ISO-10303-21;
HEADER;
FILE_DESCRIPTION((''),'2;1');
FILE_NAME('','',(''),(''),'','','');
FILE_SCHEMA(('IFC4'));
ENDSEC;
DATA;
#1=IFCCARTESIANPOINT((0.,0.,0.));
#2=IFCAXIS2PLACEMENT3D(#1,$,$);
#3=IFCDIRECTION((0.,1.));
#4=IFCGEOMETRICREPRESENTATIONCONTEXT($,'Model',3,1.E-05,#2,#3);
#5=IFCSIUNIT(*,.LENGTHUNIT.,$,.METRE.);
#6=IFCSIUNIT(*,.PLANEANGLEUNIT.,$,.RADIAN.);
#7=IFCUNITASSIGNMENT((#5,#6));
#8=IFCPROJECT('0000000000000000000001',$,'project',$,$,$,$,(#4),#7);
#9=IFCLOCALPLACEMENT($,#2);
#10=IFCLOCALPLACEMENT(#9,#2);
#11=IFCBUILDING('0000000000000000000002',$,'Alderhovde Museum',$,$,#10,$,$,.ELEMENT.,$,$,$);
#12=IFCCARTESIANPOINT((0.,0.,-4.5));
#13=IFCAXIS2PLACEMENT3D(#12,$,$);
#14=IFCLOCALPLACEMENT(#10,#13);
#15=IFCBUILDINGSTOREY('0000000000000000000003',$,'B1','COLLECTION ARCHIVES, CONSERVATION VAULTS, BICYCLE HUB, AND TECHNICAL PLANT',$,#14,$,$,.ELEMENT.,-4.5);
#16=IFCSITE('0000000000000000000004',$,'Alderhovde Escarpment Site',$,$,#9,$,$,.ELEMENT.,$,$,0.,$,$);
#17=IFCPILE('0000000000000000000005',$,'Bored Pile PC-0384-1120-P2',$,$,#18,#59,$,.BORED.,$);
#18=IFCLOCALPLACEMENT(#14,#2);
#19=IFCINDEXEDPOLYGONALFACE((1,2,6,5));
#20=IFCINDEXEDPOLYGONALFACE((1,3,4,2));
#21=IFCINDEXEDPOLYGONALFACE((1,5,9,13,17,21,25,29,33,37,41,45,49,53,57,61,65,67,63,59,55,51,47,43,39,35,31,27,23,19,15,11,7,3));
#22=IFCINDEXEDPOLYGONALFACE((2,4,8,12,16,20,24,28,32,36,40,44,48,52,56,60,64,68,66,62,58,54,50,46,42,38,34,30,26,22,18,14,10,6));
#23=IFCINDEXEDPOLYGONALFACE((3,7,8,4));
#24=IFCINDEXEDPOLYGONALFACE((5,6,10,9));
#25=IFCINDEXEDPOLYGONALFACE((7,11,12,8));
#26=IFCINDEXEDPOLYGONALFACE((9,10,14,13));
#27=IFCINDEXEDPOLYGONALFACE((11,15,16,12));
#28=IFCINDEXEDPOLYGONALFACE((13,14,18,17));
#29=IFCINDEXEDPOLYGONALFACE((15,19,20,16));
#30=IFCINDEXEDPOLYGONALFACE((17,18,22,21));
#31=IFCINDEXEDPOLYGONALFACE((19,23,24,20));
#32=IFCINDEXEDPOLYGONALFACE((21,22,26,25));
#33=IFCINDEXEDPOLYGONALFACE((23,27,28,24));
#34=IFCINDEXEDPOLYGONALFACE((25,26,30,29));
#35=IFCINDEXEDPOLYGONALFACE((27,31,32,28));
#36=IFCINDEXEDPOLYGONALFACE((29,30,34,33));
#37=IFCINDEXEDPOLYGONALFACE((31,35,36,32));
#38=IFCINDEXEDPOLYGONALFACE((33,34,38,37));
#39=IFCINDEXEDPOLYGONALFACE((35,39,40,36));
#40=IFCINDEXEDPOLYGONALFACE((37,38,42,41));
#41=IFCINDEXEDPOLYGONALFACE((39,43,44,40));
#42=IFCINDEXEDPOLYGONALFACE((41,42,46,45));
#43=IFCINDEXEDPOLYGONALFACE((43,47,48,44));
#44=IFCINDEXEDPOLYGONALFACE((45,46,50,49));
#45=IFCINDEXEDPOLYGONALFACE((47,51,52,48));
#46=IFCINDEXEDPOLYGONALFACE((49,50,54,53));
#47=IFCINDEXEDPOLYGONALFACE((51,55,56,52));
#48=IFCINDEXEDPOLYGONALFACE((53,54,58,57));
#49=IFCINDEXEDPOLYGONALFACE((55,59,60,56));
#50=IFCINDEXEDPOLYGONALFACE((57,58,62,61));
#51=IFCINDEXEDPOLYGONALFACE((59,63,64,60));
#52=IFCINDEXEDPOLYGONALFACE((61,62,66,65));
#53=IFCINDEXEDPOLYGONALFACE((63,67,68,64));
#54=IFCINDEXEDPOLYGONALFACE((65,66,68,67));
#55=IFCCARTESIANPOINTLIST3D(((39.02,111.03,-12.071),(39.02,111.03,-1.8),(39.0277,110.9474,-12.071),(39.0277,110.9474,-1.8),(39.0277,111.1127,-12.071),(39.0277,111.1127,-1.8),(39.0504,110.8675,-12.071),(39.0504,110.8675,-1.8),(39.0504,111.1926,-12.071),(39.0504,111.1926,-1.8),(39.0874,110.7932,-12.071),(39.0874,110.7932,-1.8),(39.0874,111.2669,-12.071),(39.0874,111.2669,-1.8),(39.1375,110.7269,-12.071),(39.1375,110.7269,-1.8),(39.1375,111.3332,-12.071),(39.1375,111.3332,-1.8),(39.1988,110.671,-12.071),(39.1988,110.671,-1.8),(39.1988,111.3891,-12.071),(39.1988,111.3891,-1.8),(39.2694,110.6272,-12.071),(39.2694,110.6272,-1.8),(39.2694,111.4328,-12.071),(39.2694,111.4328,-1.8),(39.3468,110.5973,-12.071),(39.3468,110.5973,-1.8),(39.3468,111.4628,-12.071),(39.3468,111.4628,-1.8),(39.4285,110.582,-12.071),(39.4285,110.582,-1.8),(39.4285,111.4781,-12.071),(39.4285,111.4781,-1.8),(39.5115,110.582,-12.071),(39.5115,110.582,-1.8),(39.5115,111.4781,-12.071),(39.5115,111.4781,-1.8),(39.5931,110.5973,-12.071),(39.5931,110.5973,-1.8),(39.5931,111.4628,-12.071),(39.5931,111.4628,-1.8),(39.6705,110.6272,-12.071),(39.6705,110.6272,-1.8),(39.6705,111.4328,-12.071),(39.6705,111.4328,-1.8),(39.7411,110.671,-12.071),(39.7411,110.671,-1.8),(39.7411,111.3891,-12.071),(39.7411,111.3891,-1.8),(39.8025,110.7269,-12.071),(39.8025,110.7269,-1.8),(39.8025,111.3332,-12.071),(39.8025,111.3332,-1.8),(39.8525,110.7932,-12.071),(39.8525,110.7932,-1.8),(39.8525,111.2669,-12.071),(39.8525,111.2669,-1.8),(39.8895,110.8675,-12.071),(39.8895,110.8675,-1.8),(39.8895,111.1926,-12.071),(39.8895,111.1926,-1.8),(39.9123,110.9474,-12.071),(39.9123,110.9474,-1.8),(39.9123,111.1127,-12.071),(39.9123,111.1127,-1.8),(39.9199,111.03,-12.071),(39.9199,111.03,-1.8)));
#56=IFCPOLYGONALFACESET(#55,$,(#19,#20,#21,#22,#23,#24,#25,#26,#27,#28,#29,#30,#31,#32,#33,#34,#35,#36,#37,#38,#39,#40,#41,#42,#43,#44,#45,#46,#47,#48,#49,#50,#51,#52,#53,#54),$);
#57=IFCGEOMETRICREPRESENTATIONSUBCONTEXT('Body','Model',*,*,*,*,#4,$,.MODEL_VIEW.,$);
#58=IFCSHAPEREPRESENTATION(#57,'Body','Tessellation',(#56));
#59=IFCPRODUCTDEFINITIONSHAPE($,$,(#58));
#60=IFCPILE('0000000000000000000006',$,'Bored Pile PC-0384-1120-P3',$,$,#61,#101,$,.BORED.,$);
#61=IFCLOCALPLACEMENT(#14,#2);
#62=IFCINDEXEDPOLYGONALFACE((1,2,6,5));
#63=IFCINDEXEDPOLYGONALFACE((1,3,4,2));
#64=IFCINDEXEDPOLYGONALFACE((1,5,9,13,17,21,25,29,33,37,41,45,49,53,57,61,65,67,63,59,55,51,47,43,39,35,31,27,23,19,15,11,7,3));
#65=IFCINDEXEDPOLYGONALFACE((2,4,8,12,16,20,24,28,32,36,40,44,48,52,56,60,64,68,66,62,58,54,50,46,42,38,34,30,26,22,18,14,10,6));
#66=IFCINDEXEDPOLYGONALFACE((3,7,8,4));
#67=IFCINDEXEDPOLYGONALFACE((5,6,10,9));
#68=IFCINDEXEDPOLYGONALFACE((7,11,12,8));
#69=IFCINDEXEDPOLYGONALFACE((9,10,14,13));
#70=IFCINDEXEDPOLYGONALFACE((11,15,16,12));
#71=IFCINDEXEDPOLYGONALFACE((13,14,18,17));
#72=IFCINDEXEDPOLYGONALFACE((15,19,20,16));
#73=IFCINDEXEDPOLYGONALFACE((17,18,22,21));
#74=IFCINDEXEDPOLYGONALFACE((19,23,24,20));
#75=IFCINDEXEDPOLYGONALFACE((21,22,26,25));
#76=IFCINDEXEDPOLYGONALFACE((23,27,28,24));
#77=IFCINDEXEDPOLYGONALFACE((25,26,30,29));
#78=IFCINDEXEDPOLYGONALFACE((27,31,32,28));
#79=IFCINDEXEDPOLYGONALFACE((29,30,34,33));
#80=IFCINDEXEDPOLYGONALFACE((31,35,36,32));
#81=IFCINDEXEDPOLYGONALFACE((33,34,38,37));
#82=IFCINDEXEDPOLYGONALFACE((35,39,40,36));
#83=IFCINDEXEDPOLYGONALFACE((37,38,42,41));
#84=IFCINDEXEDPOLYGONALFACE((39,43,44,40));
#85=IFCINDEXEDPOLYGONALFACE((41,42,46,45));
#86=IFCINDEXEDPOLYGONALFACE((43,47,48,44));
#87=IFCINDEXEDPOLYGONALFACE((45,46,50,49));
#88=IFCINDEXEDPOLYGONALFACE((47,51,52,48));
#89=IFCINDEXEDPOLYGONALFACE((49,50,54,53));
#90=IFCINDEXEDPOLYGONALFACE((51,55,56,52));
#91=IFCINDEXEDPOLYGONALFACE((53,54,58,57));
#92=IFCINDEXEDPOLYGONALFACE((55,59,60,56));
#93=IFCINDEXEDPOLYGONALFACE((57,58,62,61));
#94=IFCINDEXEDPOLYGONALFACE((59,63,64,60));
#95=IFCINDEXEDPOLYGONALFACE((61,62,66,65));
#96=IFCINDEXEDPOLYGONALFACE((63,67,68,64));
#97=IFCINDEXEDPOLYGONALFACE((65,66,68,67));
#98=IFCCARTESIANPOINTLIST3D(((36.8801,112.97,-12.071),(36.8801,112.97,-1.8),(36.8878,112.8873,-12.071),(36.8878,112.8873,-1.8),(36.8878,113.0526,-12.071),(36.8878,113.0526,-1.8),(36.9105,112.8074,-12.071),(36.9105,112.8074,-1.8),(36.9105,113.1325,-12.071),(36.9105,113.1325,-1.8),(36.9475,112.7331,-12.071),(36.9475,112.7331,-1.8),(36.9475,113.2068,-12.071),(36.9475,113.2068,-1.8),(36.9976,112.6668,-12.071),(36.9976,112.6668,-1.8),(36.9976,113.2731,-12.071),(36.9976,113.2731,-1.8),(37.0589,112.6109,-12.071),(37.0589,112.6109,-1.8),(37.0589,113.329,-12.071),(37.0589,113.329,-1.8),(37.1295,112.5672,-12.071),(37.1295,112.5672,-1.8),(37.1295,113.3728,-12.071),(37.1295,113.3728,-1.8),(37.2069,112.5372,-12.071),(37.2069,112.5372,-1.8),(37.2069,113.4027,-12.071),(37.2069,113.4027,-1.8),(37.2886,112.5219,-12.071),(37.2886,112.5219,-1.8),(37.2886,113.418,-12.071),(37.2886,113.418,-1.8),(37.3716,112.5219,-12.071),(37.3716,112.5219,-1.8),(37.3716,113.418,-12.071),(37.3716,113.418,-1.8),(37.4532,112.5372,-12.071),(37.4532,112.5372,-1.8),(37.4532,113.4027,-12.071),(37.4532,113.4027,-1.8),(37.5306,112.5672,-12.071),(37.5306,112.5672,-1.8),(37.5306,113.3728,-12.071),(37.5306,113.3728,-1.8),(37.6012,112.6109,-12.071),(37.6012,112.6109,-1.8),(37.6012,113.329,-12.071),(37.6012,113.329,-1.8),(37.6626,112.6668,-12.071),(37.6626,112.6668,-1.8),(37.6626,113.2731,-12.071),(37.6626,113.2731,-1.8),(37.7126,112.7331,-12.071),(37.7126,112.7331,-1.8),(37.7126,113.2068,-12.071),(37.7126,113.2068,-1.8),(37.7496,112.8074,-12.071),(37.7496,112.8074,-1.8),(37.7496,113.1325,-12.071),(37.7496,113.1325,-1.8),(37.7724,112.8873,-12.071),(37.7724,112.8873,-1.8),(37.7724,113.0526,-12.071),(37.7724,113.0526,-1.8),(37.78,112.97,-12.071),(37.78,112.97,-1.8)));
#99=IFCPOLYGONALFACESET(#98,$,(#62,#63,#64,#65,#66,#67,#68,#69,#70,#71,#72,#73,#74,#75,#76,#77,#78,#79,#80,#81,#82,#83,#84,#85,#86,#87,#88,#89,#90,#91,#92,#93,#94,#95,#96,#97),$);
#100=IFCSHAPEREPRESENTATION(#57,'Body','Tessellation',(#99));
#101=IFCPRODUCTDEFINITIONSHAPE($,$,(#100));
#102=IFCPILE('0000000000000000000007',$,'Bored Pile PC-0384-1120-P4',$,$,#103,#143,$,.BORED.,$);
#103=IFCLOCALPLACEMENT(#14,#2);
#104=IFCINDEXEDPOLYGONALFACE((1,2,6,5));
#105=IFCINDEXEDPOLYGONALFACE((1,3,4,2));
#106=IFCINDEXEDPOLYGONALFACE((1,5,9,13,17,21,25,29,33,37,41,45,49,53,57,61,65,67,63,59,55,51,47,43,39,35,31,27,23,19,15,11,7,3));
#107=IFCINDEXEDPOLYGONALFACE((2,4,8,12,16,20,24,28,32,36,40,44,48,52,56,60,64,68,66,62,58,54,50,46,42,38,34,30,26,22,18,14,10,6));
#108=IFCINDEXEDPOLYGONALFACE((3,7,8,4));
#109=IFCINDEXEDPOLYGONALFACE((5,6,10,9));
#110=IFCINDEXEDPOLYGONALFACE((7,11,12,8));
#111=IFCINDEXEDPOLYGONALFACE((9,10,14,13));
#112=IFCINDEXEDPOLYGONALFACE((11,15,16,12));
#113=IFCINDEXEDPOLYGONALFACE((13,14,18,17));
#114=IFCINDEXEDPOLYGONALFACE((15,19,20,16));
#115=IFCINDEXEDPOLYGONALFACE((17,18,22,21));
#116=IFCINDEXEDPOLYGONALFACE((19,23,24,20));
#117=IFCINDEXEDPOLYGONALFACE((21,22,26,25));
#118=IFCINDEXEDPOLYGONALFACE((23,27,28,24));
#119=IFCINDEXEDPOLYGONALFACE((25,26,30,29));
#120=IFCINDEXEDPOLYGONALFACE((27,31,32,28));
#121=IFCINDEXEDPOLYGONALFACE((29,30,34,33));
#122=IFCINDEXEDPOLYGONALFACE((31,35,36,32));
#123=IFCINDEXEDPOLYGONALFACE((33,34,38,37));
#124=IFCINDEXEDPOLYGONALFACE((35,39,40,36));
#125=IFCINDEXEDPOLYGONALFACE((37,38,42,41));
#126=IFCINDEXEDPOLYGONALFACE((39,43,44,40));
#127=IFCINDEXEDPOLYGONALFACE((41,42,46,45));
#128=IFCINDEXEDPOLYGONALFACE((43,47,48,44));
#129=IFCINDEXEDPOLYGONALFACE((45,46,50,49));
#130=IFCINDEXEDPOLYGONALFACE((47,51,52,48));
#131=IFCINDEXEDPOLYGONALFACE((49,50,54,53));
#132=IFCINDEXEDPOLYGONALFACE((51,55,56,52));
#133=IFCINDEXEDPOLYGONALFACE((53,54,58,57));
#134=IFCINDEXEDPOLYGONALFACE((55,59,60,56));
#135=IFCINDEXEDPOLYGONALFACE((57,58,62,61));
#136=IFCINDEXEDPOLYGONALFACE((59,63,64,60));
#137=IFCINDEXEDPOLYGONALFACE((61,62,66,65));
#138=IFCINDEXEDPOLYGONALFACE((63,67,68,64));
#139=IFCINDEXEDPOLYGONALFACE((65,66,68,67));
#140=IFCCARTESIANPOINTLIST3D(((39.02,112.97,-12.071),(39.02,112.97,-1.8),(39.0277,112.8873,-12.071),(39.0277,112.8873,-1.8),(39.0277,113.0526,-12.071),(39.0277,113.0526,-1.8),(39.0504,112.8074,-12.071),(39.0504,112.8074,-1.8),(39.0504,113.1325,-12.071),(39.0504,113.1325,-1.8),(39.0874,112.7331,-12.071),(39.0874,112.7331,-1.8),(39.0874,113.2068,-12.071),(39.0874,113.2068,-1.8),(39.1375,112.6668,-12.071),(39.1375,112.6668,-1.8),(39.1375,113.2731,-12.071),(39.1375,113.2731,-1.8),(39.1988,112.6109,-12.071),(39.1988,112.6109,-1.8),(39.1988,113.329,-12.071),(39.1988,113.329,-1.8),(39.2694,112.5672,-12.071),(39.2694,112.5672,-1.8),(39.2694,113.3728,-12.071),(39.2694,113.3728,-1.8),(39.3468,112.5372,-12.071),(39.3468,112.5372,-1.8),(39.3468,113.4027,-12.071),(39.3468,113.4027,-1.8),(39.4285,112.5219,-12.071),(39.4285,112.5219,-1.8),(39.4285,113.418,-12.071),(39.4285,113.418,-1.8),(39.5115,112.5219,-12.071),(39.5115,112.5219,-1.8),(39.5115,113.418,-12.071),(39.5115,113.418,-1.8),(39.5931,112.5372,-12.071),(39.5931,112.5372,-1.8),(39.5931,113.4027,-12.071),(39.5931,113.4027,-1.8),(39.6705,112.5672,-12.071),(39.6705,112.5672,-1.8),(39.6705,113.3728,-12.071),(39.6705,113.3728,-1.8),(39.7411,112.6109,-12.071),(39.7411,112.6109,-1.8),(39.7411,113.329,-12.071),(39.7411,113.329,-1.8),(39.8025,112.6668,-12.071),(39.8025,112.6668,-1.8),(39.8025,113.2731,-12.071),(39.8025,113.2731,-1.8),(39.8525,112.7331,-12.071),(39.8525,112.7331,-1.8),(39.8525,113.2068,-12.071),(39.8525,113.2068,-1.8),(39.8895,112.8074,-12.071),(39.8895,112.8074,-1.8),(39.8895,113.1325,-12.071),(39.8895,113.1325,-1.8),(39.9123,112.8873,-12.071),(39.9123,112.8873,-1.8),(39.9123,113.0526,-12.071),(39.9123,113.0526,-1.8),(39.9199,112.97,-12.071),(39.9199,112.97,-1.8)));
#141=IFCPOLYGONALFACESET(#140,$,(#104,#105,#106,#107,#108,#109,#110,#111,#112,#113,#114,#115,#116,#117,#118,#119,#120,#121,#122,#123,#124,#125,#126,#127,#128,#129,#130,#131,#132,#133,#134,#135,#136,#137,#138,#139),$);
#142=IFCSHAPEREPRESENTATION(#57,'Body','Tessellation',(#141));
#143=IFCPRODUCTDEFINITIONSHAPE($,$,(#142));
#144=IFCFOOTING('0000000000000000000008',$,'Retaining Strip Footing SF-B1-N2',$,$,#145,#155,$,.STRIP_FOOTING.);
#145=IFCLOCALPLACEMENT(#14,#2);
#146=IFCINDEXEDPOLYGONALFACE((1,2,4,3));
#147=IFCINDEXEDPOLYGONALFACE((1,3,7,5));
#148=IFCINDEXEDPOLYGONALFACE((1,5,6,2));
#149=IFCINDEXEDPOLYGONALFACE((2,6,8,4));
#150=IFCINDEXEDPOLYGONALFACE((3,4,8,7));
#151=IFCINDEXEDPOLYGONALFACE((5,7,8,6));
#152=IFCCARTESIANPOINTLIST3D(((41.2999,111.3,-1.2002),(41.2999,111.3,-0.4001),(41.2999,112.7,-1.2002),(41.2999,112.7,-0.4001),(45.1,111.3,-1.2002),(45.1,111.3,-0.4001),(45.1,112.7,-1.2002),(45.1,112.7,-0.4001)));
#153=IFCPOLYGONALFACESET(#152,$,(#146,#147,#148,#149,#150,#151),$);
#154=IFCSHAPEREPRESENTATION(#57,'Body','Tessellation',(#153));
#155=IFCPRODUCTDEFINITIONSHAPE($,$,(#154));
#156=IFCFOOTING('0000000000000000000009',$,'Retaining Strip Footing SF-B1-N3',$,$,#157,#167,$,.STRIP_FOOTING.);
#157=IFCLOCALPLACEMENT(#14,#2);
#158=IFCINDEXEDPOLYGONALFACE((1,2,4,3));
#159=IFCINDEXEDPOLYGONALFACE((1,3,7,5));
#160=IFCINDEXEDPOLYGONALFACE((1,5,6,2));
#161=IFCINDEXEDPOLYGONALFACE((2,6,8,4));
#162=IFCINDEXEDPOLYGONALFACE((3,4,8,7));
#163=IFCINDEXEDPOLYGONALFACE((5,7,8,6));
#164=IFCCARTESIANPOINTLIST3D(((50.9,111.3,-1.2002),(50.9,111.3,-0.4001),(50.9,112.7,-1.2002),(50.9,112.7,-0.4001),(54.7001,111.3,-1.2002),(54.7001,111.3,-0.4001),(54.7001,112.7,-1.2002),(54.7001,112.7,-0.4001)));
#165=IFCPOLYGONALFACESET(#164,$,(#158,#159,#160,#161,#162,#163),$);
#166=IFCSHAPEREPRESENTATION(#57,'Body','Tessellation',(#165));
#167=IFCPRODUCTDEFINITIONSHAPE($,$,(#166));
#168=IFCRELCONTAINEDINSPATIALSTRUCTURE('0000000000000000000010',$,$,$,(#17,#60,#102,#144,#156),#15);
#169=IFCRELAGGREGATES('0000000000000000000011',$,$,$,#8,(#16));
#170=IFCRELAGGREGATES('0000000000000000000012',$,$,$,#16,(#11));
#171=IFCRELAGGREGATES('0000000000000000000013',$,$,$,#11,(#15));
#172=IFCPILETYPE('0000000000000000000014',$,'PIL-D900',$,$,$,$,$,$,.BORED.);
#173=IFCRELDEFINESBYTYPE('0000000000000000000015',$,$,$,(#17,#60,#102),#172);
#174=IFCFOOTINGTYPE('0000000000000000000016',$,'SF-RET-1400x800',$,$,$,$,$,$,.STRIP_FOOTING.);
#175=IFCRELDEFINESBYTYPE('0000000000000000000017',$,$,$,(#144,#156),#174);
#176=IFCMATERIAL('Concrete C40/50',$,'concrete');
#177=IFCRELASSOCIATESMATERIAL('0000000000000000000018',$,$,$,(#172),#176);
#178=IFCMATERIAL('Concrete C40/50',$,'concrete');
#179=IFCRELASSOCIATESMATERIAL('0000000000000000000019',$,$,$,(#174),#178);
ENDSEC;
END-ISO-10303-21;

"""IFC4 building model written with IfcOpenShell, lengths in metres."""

from ifc_helpers import new_model, si_unit, direction, frame, origin, origin_2d, place, context, subcontext, project, spatial, rectangle, circle, extrude, material, material_profile, profile_set, type_object, element, save


model = new_model("IFC4")

# Units and contexts
model_context = context("Model", 3, precision=1e-05, world=origin(), true_north=direction((0.0, 1.0)))
body_context = subcontext(model_context, "Body", "Model", "MODEL_VIEW")
ifc_project = project(units=[si_unit("LENGTHUNIT", "METRE"), si_unit("PLANEANGLEUNIT", "RADIAN")], contexts=[model_context])

# Site, building, storey
site_placement = place(None, origin())
site = spatial("IfcSite", under=ifc_project, at=site_placement, Name="Alderhovde Escarpment Site", CompositionType="ELEMENT", RefElevation=0.0)
building_placement = place(site_placement, origin())
building = spatial("IfcBuilding", under=site, at=building_placement, Name="Alderhovde Museum", CompositionType="ELEMENT")
storey_placement = place(building_placement, frame((0.0, 0.0, -4.5)))
storey = spatial("IfcBuildingStorey", under=building, at=storey_placement, Name="B1", Description="COLLECTION ARCHIVES, CONSERVATION VAULTS, BICYCLE HUB, AND TECHNICAL PLANT", CompositionType="ELEMENT", Elevation=-4.5)

# Piles
ifc_material_1 = material(Name="Concrete C40/50", Category="concrete")
ifc_material_profile_1 = material_profile(ifc_material_1, circle(Radius=0.45, at=origin_2d()), Name="PILE-D900")
ifc_profile_set_1 = profile_set([ifc_material_profile_1], Name="Concrete C40/50")
pile_type_1 = type_object("IfcPileType", Name="PIL-D900", PredefinedType="BORED", material=ifc_profile_set_1)
for number, where, z_axis, x_axis, name in (
    (1, (39.47, 111.03, -1.8), (0.0, 0.0, -1.0), (1.0, 0.0, 0.0), "Bored Pile PC-0384-1120-P2"),
    (2, (37.3301, 112.97, -1.8), (0.0, 0.0, -1.0), (1.0, 0.0, 0.0), "Bored Pile PC-0384-1120-P3"),
    (3, (39.47, 112.97, -1.8), (0.0, 0.0, -1.0), (1.0, 0.0, 0.0), "Bored Pile PC-0384-1120-P4"),
):
    element("IfcPile", number, at=place(storey_placement, frame(where, z_axis=z_axis, x_axis=x_axis)), inside=storey, type_object=pile_type_1, Name=name, PredefinedType="BORED", context=body_context, shape_type="SweptSolid", body=[
        extrude(circle(Radius=0.45, at=origin_2d()), origin(), (0.0, 0.0, 1.0), 10.271),
    ])

# Footings
ifc_material_2 = material(Name="Concrete C40/50", Category="concrete")
footing_type_1 = type_object("IfcFootingType", Name="SF-RET-1400x800", PredefinedType="STRIP_FOOTING", material=ifc_material_2)
for number, where, z_axis, x_axis, name in (
    (4, (43.2, 112.0, -1.2002), (0.0, 0.0, 1.0), (1.0, 0.0, 0.0), "Retaining Strip Footing SF-B1-N2"),
    (5, (52.8, 112.0, -1.2002), (0.0, 0.0, 1.0), (1.0, 0.0, 0.0), "Retaining Strip Footing SF-B1-N3"),
):
    element("IfcFooting", number, at=place(storey_placement, frame(where, z_axis=z_axis, x_axis=x_axis)), inside=storey, type_object=footing_type_1, Name=name, PredefinedType="STRIP_FOOTING", context=body_context, shape_type="SweptSolid", body=[
        extrude(rectangle(XDim=3.8, YDim=1.3999, at=origin_2d()), origin(), (0.0, 0.0, 1.0), 0.8),
    ])

save(model, "model.ifc")
